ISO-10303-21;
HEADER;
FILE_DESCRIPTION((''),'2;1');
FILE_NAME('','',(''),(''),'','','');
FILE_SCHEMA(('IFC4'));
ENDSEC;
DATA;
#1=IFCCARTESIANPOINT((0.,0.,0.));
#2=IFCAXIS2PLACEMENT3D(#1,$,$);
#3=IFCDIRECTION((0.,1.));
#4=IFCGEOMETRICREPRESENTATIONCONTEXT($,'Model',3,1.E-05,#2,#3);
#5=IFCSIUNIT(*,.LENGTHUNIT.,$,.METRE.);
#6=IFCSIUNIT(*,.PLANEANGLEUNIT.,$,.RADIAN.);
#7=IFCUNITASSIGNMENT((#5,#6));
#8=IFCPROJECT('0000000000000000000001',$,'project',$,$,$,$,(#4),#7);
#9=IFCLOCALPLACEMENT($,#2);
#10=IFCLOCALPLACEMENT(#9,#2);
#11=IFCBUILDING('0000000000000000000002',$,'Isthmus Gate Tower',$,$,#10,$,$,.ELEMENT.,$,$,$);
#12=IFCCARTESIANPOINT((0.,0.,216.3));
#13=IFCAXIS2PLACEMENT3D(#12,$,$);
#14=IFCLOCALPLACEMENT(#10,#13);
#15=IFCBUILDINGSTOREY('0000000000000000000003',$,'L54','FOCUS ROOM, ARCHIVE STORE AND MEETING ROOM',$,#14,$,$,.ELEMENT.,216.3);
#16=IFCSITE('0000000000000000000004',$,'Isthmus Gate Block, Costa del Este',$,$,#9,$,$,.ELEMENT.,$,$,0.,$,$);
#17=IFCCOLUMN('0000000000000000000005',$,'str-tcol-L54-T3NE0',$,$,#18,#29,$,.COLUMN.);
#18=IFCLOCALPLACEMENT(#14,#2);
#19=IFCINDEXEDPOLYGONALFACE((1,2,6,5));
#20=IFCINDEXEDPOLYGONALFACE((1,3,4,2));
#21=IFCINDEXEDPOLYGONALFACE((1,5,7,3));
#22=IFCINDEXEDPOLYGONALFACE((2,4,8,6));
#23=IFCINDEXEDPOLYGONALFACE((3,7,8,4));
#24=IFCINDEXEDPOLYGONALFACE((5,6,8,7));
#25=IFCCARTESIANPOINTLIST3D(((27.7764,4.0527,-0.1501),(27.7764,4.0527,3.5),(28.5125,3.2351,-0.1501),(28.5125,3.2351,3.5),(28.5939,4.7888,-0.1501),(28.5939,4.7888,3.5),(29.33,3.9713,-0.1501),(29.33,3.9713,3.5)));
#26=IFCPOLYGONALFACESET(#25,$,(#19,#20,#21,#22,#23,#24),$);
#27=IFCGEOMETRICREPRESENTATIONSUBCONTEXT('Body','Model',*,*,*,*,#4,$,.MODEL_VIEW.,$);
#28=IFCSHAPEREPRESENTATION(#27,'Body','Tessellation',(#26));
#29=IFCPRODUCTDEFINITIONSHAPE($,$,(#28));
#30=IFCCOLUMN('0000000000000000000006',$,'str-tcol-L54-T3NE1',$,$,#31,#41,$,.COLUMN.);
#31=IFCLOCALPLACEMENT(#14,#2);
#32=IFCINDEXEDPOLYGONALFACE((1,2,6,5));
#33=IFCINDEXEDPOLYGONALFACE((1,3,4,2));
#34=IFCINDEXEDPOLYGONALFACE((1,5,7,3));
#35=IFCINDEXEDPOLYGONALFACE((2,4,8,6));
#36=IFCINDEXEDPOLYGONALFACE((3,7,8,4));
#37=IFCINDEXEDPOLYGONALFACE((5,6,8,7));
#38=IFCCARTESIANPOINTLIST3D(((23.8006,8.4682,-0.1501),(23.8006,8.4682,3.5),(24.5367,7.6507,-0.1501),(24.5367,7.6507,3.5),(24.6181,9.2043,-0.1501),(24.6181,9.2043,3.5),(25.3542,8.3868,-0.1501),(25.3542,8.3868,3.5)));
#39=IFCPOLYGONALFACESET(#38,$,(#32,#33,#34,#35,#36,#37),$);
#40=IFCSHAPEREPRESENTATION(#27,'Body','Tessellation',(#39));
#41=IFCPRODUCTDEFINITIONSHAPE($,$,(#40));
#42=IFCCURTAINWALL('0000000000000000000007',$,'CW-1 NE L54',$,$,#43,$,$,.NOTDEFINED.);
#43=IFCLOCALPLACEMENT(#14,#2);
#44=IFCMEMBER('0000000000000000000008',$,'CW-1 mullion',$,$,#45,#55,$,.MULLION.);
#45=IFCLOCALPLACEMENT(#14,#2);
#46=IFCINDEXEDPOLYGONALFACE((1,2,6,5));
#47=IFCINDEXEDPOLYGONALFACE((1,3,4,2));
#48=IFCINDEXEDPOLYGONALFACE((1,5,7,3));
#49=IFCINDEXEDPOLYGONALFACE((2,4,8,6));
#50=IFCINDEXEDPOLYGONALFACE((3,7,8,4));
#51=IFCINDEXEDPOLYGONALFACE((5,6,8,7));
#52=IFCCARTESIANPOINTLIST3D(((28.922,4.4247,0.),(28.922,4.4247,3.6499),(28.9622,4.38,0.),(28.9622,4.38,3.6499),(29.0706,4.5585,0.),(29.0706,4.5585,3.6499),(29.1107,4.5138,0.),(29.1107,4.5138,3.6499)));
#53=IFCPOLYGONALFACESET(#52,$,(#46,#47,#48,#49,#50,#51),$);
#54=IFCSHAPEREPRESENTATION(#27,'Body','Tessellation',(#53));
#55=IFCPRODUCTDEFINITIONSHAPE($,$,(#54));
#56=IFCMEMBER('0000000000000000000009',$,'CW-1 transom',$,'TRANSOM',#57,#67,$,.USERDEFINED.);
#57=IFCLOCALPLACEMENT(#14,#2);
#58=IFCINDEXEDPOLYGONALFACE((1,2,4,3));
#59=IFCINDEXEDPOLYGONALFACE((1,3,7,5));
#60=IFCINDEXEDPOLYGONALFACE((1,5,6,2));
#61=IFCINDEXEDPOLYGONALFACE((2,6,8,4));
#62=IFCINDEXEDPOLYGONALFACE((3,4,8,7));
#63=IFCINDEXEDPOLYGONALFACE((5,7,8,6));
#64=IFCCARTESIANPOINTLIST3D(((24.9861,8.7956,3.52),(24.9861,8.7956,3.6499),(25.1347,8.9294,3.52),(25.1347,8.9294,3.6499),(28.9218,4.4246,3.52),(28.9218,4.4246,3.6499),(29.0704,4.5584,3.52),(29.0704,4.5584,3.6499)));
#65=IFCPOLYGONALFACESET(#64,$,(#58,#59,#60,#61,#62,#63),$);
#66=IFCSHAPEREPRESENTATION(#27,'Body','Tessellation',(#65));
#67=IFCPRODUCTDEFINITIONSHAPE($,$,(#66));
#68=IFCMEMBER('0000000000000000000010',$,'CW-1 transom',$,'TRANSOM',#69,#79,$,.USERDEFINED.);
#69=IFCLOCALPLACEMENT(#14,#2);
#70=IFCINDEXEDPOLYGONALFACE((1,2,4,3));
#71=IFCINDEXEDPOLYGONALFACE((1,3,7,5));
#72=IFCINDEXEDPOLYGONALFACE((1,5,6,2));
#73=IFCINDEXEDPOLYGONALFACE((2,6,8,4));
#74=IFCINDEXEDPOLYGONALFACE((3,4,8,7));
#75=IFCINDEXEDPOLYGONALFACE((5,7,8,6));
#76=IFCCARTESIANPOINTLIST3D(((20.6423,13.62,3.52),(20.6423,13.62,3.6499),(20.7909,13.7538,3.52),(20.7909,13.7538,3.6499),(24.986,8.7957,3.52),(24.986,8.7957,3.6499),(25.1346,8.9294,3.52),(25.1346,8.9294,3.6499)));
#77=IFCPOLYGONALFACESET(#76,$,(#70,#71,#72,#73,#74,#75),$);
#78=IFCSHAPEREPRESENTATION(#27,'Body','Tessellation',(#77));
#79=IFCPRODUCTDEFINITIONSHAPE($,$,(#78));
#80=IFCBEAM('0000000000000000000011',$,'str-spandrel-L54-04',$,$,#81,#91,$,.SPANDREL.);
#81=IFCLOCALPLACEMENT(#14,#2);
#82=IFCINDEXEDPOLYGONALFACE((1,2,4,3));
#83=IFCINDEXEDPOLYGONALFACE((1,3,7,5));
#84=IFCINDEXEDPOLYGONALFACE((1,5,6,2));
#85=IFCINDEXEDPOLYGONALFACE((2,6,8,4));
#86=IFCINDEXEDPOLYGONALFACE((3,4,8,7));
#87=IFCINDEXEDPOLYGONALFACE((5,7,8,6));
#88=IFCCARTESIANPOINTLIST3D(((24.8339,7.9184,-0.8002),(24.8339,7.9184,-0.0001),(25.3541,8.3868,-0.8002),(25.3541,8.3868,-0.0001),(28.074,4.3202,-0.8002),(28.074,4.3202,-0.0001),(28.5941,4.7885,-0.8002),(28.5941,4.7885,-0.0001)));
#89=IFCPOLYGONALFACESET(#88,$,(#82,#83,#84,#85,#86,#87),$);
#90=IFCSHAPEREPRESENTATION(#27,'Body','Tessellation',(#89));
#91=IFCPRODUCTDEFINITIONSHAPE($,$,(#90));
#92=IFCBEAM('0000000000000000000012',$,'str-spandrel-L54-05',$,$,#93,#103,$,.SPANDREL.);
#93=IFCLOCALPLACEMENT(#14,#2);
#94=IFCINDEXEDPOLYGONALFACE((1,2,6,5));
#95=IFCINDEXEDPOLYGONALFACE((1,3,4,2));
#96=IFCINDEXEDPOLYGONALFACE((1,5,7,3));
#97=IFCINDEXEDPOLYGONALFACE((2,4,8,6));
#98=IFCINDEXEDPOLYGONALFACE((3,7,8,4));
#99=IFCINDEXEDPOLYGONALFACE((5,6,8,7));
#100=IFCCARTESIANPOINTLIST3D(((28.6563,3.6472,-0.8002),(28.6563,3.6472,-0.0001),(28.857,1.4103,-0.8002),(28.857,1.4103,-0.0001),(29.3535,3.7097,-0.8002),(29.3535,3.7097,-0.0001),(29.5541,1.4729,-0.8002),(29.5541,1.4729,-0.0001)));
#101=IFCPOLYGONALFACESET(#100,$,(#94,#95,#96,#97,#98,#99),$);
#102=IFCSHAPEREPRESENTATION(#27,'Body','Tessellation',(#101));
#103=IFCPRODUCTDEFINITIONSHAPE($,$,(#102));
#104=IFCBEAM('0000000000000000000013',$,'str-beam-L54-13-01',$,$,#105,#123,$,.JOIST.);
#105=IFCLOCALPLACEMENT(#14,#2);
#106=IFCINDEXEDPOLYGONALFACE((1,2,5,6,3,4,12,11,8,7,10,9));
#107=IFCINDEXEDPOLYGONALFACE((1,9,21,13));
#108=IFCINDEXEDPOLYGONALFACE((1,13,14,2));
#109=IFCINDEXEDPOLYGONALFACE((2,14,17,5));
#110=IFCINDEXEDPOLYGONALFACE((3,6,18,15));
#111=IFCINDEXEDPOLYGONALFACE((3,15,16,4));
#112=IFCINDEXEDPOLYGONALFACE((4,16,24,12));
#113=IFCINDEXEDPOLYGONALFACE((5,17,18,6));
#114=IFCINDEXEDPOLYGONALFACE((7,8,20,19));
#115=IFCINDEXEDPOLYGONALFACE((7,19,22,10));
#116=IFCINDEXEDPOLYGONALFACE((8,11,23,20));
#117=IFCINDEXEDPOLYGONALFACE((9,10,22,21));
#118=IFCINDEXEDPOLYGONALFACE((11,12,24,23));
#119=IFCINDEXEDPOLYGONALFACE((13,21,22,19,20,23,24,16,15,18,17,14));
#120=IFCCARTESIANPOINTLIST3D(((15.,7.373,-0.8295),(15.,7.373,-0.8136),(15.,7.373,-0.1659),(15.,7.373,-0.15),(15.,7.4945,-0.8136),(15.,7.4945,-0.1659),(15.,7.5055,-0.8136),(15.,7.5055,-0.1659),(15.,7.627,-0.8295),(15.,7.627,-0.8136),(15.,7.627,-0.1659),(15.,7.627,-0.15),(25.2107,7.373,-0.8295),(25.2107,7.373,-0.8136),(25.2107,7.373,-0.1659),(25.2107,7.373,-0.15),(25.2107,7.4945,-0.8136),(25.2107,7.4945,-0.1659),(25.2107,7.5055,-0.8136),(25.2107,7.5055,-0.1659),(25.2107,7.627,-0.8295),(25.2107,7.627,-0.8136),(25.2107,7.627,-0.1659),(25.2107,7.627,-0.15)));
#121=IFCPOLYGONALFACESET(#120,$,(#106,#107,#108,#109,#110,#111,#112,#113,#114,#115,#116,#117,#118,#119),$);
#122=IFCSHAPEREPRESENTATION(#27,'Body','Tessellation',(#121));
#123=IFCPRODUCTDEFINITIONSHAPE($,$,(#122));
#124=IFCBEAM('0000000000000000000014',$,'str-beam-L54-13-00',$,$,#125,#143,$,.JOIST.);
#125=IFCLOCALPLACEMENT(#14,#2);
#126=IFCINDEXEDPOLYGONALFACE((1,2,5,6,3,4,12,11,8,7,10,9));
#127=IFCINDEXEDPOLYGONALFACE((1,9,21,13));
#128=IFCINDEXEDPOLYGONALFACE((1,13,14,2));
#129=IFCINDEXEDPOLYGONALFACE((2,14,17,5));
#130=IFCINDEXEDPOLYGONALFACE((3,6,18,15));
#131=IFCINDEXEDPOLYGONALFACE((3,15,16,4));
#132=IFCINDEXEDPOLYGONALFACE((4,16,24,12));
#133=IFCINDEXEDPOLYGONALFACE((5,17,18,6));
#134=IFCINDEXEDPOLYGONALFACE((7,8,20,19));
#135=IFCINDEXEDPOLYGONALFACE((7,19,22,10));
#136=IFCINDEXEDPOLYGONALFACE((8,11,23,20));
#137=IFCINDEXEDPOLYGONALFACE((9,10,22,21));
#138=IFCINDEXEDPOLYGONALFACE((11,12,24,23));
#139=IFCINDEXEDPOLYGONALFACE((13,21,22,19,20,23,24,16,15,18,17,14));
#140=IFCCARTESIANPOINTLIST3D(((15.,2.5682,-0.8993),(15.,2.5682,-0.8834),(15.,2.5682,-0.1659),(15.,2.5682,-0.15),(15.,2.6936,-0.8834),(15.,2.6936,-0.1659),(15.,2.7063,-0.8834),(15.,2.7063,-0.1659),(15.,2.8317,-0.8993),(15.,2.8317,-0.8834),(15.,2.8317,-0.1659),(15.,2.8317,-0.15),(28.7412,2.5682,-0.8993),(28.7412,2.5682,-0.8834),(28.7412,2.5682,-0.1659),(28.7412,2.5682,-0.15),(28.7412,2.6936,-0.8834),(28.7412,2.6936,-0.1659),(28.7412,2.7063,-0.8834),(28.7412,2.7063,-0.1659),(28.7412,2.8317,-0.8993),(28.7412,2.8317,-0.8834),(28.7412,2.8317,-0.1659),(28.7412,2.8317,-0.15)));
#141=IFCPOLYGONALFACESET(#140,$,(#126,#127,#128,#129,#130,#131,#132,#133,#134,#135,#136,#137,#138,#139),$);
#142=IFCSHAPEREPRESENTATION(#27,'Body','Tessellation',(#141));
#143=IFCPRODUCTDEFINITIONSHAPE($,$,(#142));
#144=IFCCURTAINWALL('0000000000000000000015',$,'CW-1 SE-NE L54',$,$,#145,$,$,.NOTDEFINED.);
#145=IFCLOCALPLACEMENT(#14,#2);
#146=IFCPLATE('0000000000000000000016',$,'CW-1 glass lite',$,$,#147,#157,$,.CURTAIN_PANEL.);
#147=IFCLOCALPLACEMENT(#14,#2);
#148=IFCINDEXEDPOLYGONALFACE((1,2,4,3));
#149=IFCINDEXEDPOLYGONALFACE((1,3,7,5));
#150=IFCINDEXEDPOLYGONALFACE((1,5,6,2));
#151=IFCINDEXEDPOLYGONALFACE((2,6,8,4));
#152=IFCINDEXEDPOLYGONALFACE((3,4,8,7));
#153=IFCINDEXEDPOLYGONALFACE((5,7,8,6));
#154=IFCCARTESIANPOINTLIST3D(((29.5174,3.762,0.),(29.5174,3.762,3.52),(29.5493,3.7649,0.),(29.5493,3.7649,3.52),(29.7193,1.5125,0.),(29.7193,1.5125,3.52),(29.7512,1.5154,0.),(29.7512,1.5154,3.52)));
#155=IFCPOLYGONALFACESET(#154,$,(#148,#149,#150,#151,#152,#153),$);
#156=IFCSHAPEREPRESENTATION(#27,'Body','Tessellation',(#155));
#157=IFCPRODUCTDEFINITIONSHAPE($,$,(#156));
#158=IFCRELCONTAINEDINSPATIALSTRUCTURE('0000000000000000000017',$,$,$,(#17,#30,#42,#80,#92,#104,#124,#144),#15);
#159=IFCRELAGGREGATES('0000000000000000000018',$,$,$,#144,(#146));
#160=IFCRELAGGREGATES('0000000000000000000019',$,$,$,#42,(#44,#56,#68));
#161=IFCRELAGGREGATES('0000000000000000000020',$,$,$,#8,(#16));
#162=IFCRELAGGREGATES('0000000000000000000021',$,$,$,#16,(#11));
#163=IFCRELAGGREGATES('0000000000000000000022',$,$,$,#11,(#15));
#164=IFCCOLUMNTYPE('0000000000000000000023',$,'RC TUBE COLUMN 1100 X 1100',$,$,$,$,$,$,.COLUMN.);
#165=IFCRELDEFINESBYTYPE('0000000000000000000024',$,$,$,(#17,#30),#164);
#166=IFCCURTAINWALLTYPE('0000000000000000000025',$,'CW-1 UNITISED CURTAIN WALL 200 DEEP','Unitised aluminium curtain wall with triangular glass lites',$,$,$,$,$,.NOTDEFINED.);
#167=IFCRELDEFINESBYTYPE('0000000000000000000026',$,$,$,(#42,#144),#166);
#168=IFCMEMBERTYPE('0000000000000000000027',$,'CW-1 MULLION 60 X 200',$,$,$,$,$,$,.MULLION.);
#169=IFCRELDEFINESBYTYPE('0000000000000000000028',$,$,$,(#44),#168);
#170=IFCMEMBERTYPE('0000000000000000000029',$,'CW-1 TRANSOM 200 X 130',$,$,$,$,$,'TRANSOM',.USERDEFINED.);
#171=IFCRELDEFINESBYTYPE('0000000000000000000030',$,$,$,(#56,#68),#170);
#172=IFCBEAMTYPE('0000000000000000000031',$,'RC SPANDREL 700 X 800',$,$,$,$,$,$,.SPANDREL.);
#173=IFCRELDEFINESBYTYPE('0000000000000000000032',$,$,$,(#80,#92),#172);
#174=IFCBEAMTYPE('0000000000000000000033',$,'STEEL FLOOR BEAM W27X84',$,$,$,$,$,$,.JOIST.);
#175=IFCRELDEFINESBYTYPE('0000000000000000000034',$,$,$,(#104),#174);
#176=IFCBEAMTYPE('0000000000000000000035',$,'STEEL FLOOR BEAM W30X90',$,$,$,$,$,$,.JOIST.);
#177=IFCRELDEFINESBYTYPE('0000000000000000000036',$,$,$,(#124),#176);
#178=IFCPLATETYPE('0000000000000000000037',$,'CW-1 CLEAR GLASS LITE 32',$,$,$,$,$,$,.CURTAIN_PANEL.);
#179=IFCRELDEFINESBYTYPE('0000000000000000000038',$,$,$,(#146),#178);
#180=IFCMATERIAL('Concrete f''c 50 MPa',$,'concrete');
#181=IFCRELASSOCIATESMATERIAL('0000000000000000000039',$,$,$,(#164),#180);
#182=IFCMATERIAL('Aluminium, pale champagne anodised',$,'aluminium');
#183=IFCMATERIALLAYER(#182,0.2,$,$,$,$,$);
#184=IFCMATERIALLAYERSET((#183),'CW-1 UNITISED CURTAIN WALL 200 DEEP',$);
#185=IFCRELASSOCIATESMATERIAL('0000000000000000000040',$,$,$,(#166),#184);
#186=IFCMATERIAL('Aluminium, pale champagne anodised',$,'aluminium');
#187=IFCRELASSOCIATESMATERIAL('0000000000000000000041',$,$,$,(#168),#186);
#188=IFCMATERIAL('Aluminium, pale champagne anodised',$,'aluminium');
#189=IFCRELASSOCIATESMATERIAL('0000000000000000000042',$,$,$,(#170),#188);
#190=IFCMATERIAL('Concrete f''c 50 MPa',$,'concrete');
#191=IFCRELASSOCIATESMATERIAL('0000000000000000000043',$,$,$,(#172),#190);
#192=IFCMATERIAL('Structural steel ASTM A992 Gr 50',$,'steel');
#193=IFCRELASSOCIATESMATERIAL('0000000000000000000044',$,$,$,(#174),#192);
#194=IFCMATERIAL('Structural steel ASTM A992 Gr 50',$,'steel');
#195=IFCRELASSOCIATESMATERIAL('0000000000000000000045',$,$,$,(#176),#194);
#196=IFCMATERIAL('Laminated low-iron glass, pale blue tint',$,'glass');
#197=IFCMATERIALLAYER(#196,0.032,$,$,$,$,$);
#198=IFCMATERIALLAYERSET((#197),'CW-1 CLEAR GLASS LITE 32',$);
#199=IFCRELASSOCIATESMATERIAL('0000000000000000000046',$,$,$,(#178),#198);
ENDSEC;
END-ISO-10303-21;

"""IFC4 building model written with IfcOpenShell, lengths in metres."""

from ifc_helpers import new_model, si_unit, direction, frame, origin, origin_2d, place, context, subcontext, project, spatial, rectangle, i_section, extrude, material, layer, layer_set, material_profile, profile_set, type_object, element, aggregate, save


model = new_model("IFC4")

# Units and contexts
model_context = context("Model", 3, precision=1e-05, world=origin(), true_north=direction((0.0, 1.0)))
body_context = subcontext(model_context, "Body", "Model", "MODEL_VIEW")
ifc_project = project(units=[si_unit("LENGTHUNIT", "METRE"), si_unit("PLANEANGLEUNIT", "RADIAN")], contexts=[model_context])

# Site, building, storey
site_placement = place(None, origin())
site = spatial("IfcSite", under=ifc_project, at=site_placement, Name="Isthmus Gate Block, Costa del Este", CompositionType="ELEMENT", RefElevation=0.0)
building_placement = place(site_placement, origin())
building = spatial("IfcBuilding", under=site, at=building_placement, Name="Isthmus Gate Tower", CompositionType="ELEMENT")
storey_placement = place(building_placement, frame((0.0, 0.0, 216.3)))
storey = spatial("IfcBuildingStorey", under=building, at=storey_placement, Name="L54", Description="FOCUS ROOM, ARCHIVE STORE AND MEETING ROOM", CompositionType="ELEMENT", Elevation=216.3)

# Columns
ifc_material_1 = material(Name="Concrete f'c 50 MPa", Category="concrete")
ifc_material_profile_1 = material_profile(ifc_material_1, rectangle(XDim=1.1001, YDim=1.1001, at=origin_2d()), Name="RC 1100X1100")
ifc_profile_set_1 = profile_set([ifc_material_profile_1], Name="Concrete f'c 50 MPa")
column_type = type_object("IfcColumnType", Name="RC TUBE COLUMN 1100 X 1100", PredefinedType="COLUMN", material=ifc_profile_set_1)
for number, where, z_axis, x_axis, name in (
    (1, (28.5532, 4.012, -0.1501), (0.0, 0.0, 1.0), (-0.669131, 0.743145, 0.0), "str-tcol-L54-T3NE0"),
    (2, (24.5774, 8.4275, -0.1501), (0.0, 0.0, 1.0), (-0.669131, 0.743145, 0.0), "str-tcol-L54-T3NE1"),
):
    element("IfcColumn", number, at=place(storey_placement, frame(where, z_axis=z_axis, x_axis=x_axis)), inside=storey, type_object=column_type, Name=name, PredefinedType="COLUMN", context=body_context, shape_type="SweptSolid", body=[
        extrude(rectangle(XDim=1.1001, YDim=1.1001, at=origin_2d()), origin(), (0.0, 0.0, 1.0), 3.6501),
    ])

# Curtain wall, members
ifc_material_2 = material(Name="Aluminium, pale champagne anodised", Category="aluminium")
ifc_layer_1 = layer(ifc_material_2, 0.2)
ifc_layer_set_1 = layer_set([ifc_layer_1], Name="CW-1 UNITISED CURTAIN WALL 200 DEEP")
curtain_wall_type = type_object("IfcCurtainWallType", Name="CW-1 UNITISED CURTAIN WALL 200 DEEP", Description="Unitised aluminium curtain wall with triangular glass lites", PredefinedType="NOTDEFINED", material=ifc_layer_set_1)
curtain_wall_1_placement = place(storey_placement, origin())
curtain_wall_1 = element("IfcCurtainWall", 3, at=curtain_wall_1_placement, inside=storey, type_object=curtain_wall_type, Name="CW-1 NE L54", PredefinedType="NOTDEFINED")
ifc_material_3 = material(Name="Aluminium, pale champagne anodised", Category="aluminium")
ifc_material_profile_2 = material_profile(ifc_material_3, rectangle(XDim=0.0601, YDim=0.2, at=origin_2d()), Name="60x200")
ifc_profile_set_2 = profile_set([ifc_material_profile_2], Name="Aluminium, pale champagne anodised")
member_type_1 = type_object("IfcMemberType", Name="CW-1 MULLION 60 X 200", PredefinedType="MULLION", material=ifc_profile_set_2)
member_1_placement = place(storey_placement, frame((29.0164, 4.4692, 0.0), z_axis=(0.0, 0.0, 1.0), x_axis=(-0.669131, 0.743145, 0.0)))
member_1 = element("IfcMember", 4, at=member_1_placement, type_object=member_type_1, Name="CW-1 mullion", PredefinedType="MULLION", context=body_context, shape_type="SweptSolid", body=[
    extrude(rectangle(XDim=0.0601, YDim=0.2, at=origin_2d()), origin(), (0.0, 0.0, 1.0), 3.6499),
])
ifc_material_4 = material(Name="Aluminium, pale champagne anodised", Category="aluminium")
ifc_material_profile_3 = material_profile(ifc_material_4, rectangle(XDim=0.2, YDim=0.1299, at=origin_2d()), Name="200x130")
ifc_profile_set_3 = profile_set([ifc_material_profile_3], Name="Aluminium, pale champagne anodised")
member_type_2 = type_object("IfcMemberType", Name="CW-1 TRANSOM 200 X 130", ElementType="TRANSOM", PredefinedType="USERDEFINED", material=ifc_profile_set_3)
member_2_placement = place(storey_placement, frame((28.9961, 4.4915, 3.585), z_axis=(-0.669134, 0.743141, 0.0), x_axis=(-0.743141, -0.669134, 0.0)))
member_2 = element("IfcMember", 5, at=member_2_placement, type_object=member_type_2, Name="CW-1 transom", ObjectType="TRANSOM", PredefinedType="USERDEFINED", context=body_context, shape_type="SweptSolid", body=[
    extrude(rectangle(XDim=0.2, YDim=0.1299, at=origin_2d()), origin(), (0.0, 0.0, 1.0), 5.8818),
])
member_3_placement = place(storey_placement, frame((25.0603, 8.8625, 3.585), z_axis=(-0.669112, 0.743161, 0.0), x_axis=(-0.743161, -0.669112, 0.0)))
member_3 = element("IfcMember", 6, at=member_3_placement, type_object=member_type_2, Name="CW-1 transom", ObjectType="TRANSOM", PredefinedType="USERDEFINED", context=body_context, shape_type="SweptSolid", body=[
    extrude(rectangle(XDim=0.2, YDim=0.1299, at=origin_2d()), origin(), (0.0, 0.0, 1.0), 6.4917),
])

# Beams
ifc_material_5 = material(Name="Concrete f'c 50 MPa", Category="concrete")
ifc_material_profile_4 = material_profile(ifc_material_5, rectangle(XDim=0.7, YDim=0.8, at=origin_2d()), Name="RC 700X800")
ifc_profile_set_4 = profile_set([ifc_material_profile_4], Name="Concrete f'c 50 MPa")
beam_type_1 = type_object("IfcBeamType", Name="RC SPANDREL 700 X 800", PredefinedType="SPANDREL", material=ifc_profile_set_4)
beam_1_placement = place(storey_placement, frame((25.094, 8.1526, -0.4001), z_axis=(0.669154, -0.743124, 0.0), x_axis=(0.743124, 0.669154, 0.0)))
element("IfcBeam", 7, at=beam_1_placement, inside=storey, type_object=beam_type_1, Name="str-spandrel-L54-04", PredefinedType="SPANDREL", context=body_context, shape_type="SweptSolid", body=[
    extrude(rectangle(XDim=0.7, YDim=0.8, at=origin_2d()), origin(), (0.0, 0.0, 1.0), 4.842),
])
beam_2_placement = place(storey_placement, frame((29.0049, 3.6785, -0.4001), z_axis=(0.089359, -0.995999, 0.0), x_axis=(0.995999, 0.089359, 0.0)))
element("IfcBeam", 8, at=beam_2_placement, inside=storey, type_object=beam_type_1, Name="str-spandrel-L54-05", PredefinedType="SPANDREL", context=body_context, shape_type="SweptSolid", body=[
    extrude(rectangle(XDim=0.7, YDim=0.8, at=origin_2d()), origin(), (0.0, 0.0, 1.0), 2.2458),
])
ifc_material_6 = material(Name="Structural steel ASTM A992 Gr 50", Category="steel")
ifc_material_profile_5 = material_profile(ifc_material_6, i_section(OverallWidth=0.2539, OverallDepth=0.6794, WebThickness=0.011, FlangeThickness=0.0159, at=origin_2d()), Name="W27X84")
ifc_profile_set_5 = profile_set([ifc_material_profile_5], Name="Structural steel ASTM A992 Gr 50")
beam_type_2 = type_object("IfcBeamType", Name="STEEL FLOOR BEAM W27X84", PredefinedType="JOIST", material=ifc_profile_set_5)
beam_3_placement = place(storey_placement, frame((15.0, 7.5, -0.4897), z_axis=(1.0, 0.0, 0.0), x_axis=(0.0, 1.0, 0.0)))
element("IfcBeam", 9, at=beam_3_placement, inside=storey, type_object=beam_type_2, Name="str-beam-L54-13-01", PredefinedType="JOIST", context=body_context, shape_type="SweptSolid", body=[
    extrude(i_section(OverallWidth=0.2539, OverallDepth=0.6794, WebThickness=0.011, FlangeThickness=0.0159, at=origin_2d()), origin(), (0.0, 0.0, 1.0), 10.2107),
])
ifc_material_7 = material(Name="Structural steel ASTM A992 Gr 50", Category="steel")
ifc_material_profile_6 = material_profile(ifc_material_7, i_section(OverallWidth=0.2634, OverallDepth=0.7493, WebThickness=0.0127, FlangeThickness=0.0159, at=origin_2d()), Name="W30X90")
ifc_profile_set_6 = profile_set([ifc_material_profile_6], Name="Structural steel ASTM A992 Gr 50")
beam_type_3 = type_object("IfcBeamType", Name="STEEL FLOOR BEAM W30X90", PredefinedType="JOIST", material=ifc_profile_set_6)
beam_4_placement = place(storey_placement, frame((15.0, 2.7, -0.5247), z_axis=(1.0, 0.0, 0.0), x_axis=(0.0, 1.0, 0.0)))
element("IfcBeam", 10, at=beam_4_placement, inside=storey, type_object=beam_type_3, Name="str-beam-L54-13-00", PredefinedType="JOIST", context=body_context, shape_type="SweptSolid", body=[
    extrude(i_section(OverallWidth=0.2634, OverallDepth=0.7493, WebThickness=0.0127, FlangeThickness=0.0159, at=origin_2d()), origin(), (0.0, 0.0, 1.0), 13.7412),
])

# Curtain wall, plate
curtain_wall_2_placement = place(storey_placement, origin())
curtain_wall_2 = element("IfcCurtainWall", 11, at=curtain_wall_2_placement, inside=storey, type_object=curtain_wall_type, Name="CW-1 SE-NE L54", PredefinedType="NOTDEFINED")
ifc_material_8 = material(Name="Laminated low-iron glass, pale blue tint", Category="glass")
ifc_layer_2 = layer(ifc_material_8, 0.032)
ifc_layer_set_2 = layer_set([ifc_layer_2], Name="CW-1 CLEAR GLASS LITE 32")
plate_type = type_object("IfcPlateType", Name="CW-1 CLEAR GLASS LITE 32", PredefinedType="CURTAIN_PANEL", material=ifc_layer_set_2)
plate_placement = place(storey_placement, frame((29.6343, 2.6387, 0.0), z_axis=(0.0, 0.0, 1.0), x_axis=(-0.089397, 0.995996, 0.0)))
plate = element("IfcPlate", 12, at=plate_placement, type_object=plate_type, Name="CW-1 glass lite", PredefinedType="CURTAIN_PANEL", context=body_context, shape_type="SweptSolid", body=[
    extrude(rectangle(XDim=2.2585, YDim=0.032, at=origin_2d()), origin(), (0.0, 0.0, 1.0), 3.52),
])
aggregate(curtain_wall_2, [plate])

aggregate(curtain_wall_1, [member_1, member_2, member_3])

save(model, "model.ifc")
